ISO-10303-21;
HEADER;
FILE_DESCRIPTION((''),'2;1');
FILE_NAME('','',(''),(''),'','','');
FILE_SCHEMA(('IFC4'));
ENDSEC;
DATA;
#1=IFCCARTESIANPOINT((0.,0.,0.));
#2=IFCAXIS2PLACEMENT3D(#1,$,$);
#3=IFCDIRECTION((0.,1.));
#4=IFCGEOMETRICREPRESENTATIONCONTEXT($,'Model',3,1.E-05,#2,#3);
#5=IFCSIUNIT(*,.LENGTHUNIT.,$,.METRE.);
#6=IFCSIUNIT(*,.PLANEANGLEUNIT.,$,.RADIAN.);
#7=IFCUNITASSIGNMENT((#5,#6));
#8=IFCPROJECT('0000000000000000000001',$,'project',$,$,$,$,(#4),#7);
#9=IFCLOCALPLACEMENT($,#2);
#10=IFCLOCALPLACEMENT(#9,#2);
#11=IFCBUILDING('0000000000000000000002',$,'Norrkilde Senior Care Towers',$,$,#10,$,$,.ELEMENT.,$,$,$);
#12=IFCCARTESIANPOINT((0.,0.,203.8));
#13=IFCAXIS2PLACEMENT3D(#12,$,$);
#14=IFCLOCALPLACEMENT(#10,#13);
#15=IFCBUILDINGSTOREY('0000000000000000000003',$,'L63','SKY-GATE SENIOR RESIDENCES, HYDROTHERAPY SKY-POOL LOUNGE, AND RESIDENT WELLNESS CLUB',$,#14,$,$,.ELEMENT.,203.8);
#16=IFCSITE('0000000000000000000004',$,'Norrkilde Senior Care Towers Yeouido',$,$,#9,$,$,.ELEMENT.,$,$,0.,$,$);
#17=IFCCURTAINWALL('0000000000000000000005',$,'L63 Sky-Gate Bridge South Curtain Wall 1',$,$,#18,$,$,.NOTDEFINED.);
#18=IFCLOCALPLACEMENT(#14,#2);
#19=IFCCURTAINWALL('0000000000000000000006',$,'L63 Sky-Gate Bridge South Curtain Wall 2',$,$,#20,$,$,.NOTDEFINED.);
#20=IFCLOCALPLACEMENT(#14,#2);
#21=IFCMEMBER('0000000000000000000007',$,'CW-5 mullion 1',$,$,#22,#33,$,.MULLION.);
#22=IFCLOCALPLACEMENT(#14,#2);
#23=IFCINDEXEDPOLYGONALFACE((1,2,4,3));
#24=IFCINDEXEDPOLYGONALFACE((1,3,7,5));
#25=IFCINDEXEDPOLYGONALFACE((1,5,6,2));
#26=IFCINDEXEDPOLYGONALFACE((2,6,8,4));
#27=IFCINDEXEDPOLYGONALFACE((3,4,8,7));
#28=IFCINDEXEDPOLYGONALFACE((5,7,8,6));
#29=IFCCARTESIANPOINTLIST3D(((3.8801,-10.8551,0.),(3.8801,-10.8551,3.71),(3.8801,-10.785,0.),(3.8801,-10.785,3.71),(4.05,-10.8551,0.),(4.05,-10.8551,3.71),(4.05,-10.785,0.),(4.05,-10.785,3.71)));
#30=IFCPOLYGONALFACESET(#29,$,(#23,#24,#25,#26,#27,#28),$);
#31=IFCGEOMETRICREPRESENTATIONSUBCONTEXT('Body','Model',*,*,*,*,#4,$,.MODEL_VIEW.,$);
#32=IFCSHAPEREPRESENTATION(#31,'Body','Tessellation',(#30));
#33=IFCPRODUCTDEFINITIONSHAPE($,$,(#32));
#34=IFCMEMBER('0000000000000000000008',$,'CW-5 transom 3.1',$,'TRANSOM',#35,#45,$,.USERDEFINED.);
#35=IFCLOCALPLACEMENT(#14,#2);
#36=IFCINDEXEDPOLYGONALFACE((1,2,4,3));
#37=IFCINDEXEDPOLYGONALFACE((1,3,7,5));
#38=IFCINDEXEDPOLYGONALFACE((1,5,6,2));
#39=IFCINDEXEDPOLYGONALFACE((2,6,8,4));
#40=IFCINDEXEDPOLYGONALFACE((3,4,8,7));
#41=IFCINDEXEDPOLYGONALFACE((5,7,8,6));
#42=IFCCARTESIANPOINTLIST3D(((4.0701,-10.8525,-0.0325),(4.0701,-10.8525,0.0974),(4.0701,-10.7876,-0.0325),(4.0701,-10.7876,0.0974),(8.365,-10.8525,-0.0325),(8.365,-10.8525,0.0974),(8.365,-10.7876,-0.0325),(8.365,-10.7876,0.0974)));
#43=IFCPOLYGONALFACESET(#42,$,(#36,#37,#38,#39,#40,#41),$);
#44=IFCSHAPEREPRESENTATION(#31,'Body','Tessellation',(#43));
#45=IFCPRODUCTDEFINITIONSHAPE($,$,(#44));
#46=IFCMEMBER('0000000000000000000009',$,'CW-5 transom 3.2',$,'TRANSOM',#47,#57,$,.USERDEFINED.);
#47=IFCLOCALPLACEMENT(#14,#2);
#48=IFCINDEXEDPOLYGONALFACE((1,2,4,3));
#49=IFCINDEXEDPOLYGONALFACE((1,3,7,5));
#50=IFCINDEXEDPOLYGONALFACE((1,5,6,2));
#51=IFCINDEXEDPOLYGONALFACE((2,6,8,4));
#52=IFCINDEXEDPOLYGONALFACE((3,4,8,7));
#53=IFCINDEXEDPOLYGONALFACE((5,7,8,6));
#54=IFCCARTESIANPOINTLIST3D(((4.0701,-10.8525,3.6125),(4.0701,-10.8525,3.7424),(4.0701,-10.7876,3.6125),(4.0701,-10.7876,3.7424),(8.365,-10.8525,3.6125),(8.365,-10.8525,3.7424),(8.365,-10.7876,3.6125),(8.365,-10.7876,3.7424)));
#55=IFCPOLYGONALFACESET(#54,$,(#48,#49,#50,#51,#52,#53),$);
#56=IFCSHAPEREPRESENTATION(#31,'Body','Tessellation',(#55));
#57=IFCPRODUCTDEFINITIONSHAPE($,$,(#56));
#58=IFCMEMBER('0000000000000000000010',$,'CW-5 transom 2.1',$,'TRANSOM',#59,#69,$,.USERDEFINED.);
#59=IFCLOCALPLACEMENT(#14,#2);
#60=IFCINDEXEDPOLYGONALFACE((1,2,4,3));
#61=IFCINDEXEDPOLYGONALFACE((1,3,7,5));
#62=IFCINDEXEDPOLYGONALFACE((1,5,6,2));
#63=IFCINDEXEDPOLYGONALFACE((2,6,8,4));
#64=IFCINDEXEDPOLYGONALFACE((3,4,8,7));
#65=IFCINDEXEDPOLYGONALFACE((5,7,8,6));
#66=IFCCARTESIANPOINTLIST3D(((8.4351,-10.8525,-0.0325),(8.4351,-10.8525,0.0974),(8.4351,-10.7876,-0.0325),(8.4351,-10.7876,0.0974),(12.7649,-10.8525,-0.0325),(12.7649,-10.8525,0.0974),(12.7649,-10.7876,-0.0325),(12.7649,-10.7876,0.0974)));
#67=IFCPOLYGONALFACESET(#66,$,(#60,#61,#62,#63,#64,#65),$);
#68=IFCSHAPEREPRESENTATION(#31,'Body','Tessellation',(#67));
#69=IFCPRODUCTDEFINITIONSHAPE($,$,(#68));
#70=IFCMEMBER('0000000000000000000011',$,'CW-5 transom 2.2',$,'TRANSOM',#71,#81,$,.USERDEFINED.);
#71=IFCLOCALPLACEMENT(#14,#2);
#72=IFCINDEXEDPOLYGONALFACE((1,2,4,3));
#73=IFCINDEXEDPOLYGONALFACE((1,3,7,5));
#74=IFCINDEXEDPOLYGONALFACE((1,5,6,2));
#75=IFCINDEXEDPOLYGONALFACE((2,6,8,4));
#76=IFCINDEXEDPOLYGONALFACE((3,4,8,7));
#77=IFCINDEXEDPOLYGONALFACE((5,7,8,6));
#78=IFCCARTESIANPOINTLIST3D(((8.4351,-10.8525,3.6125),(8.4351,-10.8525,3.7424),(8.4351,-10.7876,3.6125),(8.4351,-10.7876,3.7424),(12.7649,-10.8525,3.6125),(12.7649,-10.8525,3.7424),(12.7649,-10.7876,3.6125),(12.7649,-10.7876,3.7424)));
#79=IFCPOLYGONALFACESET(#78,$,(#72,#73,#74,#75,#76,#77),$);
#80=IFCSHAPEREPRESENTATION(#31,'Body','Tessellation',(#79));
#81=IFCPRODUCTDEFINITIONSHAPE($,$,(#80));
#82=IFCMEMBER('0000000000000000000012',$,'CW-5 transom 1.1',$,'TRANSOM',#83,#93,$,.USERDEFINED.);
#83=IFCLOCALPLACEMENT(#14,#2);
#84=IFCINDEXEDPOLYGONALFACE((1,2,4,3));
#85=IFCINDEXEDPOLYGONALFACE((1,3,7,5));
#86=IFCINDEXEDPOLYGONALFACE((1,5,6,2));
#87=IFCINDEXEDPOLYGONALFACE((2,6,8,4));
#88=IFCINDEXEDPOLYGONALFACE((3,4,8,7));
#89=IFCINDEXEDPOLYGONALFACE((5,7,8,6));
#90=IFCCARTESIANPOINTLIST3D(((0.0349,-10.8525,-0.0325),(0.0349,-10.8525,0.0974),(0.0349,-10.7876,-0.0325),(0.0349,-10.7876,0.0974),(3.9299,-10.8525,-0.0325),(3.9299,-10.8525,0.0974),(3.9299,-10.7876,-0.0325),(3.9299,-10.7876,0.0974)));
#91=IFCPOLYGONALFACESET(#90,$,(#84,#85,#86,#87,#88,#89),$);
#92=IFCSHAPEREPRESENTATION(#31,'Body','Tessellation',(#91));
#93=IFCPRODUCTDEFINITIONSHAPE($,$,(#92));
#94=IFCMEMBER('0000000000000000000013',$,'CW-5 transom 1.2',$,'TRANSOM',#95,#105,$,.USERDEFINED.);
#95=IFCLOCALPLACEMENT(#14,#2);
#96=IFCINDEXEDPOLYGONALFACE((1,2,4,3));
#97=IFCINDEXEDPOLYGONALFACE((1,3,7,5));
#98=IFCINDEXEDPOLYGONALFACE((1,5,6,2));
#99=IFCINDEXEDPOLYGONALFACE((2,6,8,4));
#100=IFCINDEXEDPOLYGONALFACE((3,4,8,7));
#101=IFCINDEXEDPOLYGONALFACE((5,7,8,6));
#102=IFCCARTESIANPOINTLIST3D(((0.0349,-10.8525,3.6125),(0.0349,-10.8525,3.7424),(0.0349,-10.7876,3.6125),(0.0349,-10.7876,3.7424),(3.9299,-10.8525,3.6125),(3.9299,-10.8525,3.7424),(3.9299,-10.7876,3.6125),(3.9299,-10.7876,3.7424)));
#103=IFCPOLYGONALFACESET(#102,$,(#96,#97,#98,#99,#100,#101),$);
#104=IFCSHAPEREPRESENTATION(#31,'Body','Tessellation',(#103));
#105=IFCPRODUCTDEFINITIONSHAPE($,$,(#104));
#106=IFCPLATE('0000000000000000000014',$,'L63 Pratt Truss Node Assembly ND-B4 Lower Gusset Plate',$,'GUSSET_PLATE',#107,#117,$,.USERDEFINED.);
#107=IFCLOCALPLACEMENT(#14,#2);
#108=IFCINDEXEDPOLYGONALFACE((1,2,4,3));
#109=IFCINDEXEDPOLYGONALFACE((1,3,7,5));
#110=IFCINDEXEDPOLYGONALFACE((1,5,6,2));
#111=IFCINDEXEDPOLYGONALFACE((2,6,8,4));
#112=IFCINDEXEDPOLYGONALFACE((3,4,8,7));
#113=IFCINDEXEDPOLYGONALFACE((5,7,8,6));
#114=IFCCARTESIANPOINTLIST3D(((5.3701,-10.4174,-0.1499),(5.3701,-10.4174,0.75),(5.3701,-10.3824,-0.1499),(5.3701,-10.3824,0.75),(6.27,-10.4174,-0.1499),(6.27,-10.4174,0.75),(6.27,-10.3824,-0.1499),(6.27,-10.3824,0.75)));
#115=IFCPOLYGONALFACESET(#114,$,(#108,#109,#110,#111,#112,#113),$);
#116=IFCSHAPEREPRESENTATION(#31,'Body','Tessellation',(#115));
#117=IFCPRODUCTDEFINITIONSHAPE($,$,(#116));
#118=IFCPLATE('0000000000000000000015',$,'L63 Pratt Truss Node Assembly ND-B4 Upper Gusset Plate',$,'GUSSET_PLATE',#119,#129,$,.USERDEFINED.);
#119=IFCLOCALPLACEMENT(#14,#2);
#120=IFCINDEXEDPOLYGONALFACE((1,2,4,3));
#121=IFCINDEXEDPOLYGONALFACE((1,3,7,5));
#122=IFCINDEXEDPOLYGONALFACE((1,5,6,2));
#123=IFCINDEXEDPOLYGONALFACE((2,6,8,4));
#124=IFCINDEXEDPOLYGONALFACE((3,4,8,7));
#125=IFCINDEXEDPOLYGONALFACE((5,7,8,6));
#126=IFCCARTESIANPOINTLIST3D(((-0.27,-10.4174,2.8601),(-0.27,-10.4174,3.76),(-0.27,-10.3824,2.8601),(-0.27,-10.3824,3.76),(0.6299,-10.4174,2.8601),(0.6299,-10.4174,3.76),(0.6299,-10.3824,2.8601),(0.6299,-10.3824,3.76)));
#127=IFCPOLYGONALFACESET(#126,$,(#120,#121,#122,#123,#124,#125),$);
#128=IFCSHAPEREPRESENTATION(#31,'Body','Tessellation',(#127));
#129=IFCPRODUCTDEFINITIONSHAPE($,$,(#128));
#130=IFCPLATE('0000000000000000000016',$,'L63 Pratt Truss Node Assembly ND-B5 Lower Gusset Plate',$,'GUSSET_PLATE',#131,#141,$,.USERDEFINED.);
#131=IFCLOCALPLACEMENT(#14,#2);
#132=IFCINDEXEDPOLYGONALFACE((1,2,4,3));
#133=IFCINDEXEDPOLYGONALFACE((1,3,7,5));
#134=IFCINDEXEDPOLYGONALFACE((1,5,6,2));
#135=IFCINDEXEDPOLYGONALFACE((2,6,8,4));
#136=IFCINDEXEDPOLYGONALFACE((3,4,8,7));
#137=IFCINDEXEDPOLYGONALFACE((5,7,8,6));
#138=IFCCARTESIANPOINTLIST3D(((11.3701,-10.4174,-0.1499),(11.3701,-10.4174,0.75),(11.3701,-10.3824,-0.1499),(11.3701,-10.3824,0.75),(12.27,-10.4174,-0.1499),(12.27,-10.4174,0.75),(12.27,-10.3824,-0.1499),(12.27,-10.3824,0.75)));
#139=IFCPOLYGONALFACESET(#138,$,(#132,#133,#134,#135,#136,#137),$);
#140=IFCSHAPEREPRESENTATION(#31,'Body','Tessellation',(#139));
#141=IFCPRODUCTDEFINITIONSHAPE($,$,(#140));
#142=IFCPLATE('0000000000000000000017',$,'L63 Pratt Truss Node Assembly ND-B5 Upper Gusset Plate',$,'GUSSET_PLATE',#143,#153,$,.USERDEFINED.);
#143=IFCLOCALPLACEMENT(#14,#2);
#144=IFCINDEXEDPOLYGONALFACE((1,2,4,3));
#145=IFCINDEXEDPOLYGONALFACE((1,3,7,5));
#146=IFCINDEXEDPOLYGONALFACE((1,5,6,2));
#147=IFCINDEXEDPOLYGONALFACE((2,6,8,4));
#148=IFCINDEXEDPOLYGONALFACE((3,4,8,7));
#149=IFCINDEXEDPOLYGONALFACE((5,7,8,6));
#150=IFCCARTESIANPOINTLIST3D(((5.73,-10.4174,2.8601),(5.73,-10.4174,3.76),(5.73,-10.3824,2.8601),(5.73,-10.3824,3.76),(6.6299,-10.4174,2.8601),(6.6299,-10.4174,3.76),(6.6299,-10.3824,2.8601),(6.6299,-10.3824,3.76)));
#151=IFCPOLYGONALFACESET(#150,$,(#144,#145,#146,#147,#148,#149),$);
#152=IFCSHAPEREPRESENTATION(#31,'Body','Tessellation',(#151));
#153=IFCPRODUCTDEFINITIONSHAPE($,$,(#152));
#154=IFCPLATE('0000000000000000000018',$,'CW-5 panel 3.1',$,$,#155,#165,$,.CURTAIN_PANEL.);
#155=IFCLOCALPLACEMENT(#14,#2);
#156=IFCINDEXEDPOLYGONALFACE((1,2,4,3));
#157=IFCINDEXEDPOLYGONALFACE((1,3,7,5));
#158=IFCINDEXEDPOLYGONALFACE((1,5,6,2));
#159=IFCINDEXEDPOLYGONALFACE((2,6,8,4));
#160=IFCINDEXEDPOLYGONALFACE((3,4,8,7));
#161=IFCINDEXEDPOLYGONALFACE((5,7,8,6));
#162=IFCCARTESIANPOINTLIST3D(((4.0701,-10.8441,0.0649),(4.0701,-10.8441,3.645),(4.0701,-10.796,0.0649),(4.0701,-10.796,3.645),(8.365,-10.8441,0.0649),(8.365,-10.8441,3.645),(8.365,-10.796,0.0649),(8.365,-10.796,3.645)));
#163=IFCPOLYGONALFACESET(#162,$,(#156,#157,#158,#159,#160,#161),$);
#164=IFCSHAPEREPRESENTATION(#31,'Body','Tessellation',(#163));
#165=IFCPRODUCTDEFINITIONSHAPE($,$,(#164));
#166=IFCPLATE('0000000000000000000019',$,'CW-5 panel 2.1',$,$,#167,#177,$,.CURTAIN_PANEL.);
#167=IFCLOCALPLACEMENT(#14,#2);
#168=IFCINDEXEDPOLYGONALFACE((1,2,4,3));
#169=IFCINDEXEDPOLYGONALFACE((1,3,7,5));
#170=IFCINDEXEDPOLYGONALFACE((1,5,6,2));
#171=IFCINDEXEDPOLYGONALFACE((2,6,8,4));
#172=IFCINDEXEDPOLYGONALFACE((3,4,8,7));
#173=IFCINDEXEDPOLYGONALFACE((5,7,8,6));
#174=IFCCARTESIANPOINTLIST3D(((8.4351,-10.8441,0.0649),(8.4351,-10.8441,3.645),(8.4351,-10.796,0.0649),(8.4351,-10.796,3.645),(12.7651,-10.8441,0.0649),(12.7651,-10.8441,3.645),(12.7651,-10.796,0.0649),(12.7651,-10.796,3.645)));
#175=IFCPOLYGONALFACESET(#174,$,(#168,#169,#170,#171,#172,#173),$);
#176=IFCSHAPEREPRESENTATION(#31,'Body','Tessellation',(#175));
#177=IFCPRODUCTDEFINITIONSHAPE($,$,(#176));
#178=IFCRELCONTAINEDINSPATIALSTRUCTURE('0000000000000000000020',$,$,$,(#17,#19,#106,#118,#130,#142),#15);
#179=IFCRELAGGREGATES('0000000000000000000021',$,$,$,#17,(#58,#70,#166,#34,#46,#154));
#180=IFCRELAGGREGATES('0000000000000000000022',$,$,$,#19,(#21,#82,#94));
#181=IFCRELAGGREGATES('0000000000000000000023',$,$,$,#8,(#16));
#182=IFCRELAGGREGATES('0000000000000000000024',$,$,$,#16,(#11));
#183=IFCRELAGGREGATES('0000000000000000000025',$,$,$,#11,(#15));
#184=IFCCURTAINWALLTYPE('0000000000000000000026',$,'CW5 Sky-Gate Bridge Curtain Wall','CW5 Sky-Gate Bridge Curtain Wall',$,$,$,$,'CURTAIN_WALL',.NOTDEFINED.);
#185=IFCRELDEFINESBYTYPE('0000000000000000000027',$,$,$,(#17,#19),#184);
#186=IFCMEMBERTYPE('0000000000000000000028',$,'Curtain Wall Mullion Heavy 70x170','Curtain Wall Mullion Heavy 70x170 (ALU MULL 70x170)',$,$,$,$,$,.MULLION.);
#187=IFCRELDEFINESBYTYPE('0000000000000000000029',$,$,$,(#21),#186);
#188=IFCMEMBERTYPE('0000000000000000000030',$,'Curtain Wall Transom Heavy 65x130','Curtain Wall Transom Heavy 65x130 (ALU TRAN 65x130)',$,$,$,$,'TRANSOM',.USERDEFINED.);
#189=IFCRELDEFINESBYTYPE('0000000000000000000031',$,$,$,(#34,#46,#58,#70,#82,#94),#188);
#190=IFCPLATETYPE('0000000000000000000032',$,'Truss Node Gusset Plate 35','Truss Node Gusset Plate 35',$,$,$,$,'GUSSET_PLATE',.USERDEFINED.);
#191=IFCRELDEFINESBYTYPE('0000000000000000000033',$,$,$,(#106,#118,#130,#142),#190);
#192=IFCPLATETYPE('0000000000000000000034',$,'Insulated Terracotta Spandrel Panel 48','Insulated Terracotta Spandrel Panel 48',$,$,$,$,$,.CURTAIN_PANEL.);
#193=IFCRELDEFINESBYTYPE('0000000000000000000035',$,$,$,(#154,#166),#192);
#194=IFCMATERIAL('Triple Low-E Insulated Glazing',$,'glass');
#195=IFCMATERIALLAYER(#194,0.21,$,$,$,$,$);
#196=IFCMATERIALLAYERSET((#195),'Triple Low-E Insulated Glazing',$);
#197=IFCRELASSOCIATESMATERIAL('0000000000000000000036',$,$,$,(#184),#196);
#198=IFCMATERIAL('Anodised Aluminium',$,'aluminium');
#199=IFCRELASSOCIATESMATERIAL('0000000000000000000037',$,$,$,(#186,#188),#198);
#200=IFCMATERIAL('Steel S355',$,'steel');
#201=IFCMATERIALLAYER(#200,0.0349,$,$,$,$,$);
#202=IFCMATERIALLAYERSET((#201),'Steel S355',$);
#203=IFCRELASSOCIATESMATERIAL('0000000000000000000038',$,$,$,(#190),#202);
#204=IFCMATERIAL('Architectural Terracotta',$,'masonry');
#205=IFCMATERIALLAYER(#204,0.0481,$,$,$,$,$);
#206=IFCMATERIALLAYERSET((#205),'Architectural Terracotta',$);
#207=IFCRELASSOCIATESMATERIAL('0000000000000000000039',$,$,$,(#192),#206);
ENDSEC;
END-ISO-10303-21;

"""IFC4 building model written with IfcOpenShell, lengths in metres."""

from ifc_helpers import new_model, si_unit, direction, frame, origin, origin_2d, place, context, subcontext, project, spatial, rectangle, extrude, source, transform, mapped, material, layer, layer_set, material_profile, profile_set, type_object, type_shapes, element, aggregate, save


model = new_model("IFC4")

# Units and contexts
model_context = context("Model", 3, precision=1e-05, world=origin(), true_north=direction((0.0, 1.0)))
body_context = subcontext(model_context, "Body", "Model", "MODEL_VIEW")
ifc_project = project(units=[si_unit("LENGTHUNIT", "METRE"), si_unit("PLANEANGLEUNIT", "RADIAN")], contexts=[model_context])

# Site, building, storey
site_placement = place(None, origin())
site = spatial("IfcSite", under=ifc_project, at=site_placement, Name="Norrkilde Senior Care Towers Yeouido", CompositionType="ELEMENT", RefElevation=0.0)
building_placement = place(site_placement, origin())
building = spatial("IfcBuilding", under=site, at=building_placement, Name="Norrkilde Senior Care Towers", CompositionType="ELEMENT")
storey_placement = place(building_placement, frame((0.0, 0.0, 203.8)))
storey = spatial("IfcBuildingStorey", under=building, at=storey_placement, Name="L63", Description="SKY-GATE SENIOR RESIDENCES, HYDROTHERAPY SKY-POOL LOUNGE, AND RESIDENT WELLNESS CLUB", CompositionType="ELEMENT", Elevation=203.8)

# Shared definitions
ifc_material_1 = material(Name="Steel S355", Category="steel")

# Curtain wall
ifc_material_2 = material(Name="Triple Low-E Insulated Glazing", Category="glass")
ifc_layer_1 = layer(ifc_material_2, 0.21)
ifc_layer_set_1 = layer_set([ifc_layer_1], Name="Triple Low-E Insulated Glazing")
curtain_wall_type = type_object("IfcCurtainWallType", Name="CW5 Sky-Gate Bridge Curtain Wall", Description="CW5 Sky-Gate Bridge Curtain Wall", ElementType="CURTAIN_WALL", PredefinedType="NOTDEFINED", material=ifc_layer_set_1)
curtain_wall_1_placement = place(storey_placement, origin())
curtain_wall_1 = element("IfcCurtainWall", 1, at=curtain_wall_1_placement, inside=storey, type_object=curtain_wall_type, Name="L63 Sky-Gate Bridge South Curtain Wall 1", PredefinedType="NOTDEFINED")
ifc_material_3 = material(Name="Anodised Aluminium", Category="aluminium")
ifc_material_profile_1 = material_profile(ifc_material_3, rectangle(XDim=0.0701, YDim=0.1699, at=origin_2d()), Name="ALU MULL 70x170")
ifc_profile_set_1 = profile_set([ifc_material_profile_1], Name="Anodised Aluminium")
member_type_1 = type_object("IfcMemberType", Name="Curtain Wall Mullion Heavy 70x170", Description="Curtain Wall Mullion Heavy 70x170 (ALU MULL 70x170)", PredefinedType="MULLION", material=ifc_profile_set_1)
shared_shape_1 = source(origin(), body_context, "Body", "SweptSolid", [
    extrude(rectangle(XDim=0.0701, YDim=0.1699, at=origin_2d()), origin(), (0.0, 0.0, 1.0), 3.71),
])
type_shapes(member_type_1, [shared_shape_1])

# Curtain wall, member
curtain_wall_2_placement = place(storey_placement, origin())
curtain_wall_2 = element("IfcCurtainWall", 2, at=curtain_wall_2_placement, inside=storey, type_object=curtain_wall_type, Name="L63 Sky-Gate Bridge South Curtain Wall 2", PredefinedType="NOTDEFINED")
member_1_placement = place(storey_placement, frame((3.9651, -10.8201, 0.0), z_axis=(0.0, 0.0, 1.0), x_axis=(0.0, -1.0, 0.0)))
member_1 = element("IfcMember", 3, at=member_1_placement, type_object=member_type_1, Name="CW-5 mullion 1", PredefinedType="MULLION", context=body_context, shape_type="MappedRepresentation", body=[
    mapped(shared_shape_1, transform((0.0, 0.0, 0.0), x_axis=(1.0, 0.0, 0.0), y_axis=(0.0, 1.0, 0.0), z_axis=(0.0, 0.0, 1.0), scale=1.0)),
])

# Members
ifc_material_profile_2 = material_profile(ifc_material_3, rectangle(XDim=0.0649, YDim=0.1299, at=origin_2d()), Name="ALU TRAN 65x130")
ifc_profile_set_2 = profile_set([ifc_material_profile_2], Name="Anodised Aluminium")
member_type_2 = type_object("IfcMemberType", Name="Curtain Wall Transom Heavy 65x130", Description="Curtain Wall Transom Heavy 65x130 (ALU TRAN 65x130)", ElementType="TRANSOM", PredefinedType="USERDEFINED", material=ifc_profile_set_2)
shared_shape_2 = source(origin(), body_context, "Body", "SweptSolid", [
    extrude(rectangle(XDim=0.0649, YDim=0.1299, at=origin_2d()), origin(), (0.0, 0.0, 1.0), 4.2949),
])
member_2_placement = place(storey_placement, frame((8.365, -10.8201, 0.0325), z_axis=(-1.0, 0.0, 0.0), x_axis=(0.0, -1.0, 0.0)))
member_2 = element("IfcMember", 4, at=member_2_placement, type_object=member_type_2, Name="CW-5 transom 3.1", ObjectType="TRANSOM", PredefinedType="USERDEFINED", context=body_context, shape_type="MappedRepresentation", body=[
    mapped(shared_shape_2, transform((0.0, 0.0, 0.0), x_axis=(1.0, 0.0, 0.0), y_axis=(0.0, 1.0, 0.0), z_axis=(0.0, 0.0, 1.0), scale=1.0)),
])
member_3_placement = place(storey_placement, frame((8.365, -10.8201, 3.6775), z_axis=(-1.0, 0.0, 0.0), x_axis=(0.0, -1.0, 0.0)))
member_3 = element("IfcMember", 5, at=member_3_placement, type_object=member_type_2, Name="CW-5 transom 3.2", ObjectType="TRANSOM", PredefinedType="USERDEFINED", context=body_context, shape_type="MappedRepresentation", body=[
    mapped(shared_shape_2, transform((0.0, 0.0, 0.0), x_axis=(1.0, 0.0, 0.0), y_axis=(0.0, 1.0, 0.0), z_axis=(0.0, 0.0, 1.0), scale=1.0)),
])
shared_shape_3 = source(origin(), body_context, "Body", "SweptSolid", [
    extrude(rectangle(XDim=0.0649, YDim=0.1299, at=origin_2d()), origin(), (0.0, 0.0, 1.0), 4.3298),
])
member_4_placement = place(storey_placement, frame((12.7649, -10.8201, 0.0325), z_axis=(-1.0, 0.0, 0.0), x_axis=(0.0, -1.0, 0.0)))
member_4 = element("IfcMember", 6, at=member_4_placement, type_object=member_type_2, Name="CW-5 transom 2.1", ObjectType="TRANSOM", PredefinedType="USERDEFINED", context=body_context, shape_type="MappedRepresentation", body=[
    mapped(shared_shape_3, transform((0.0, 0.0, 0.0), x_axis=(1.0, 0.0, 0.0), y_axis=(0.0, 1.0, 0.0), z_axis=(0.0, 0.0, 1.0), scale=1.0)),
])
member_5_placement = place(storey_placement, frame((12.7649, -10.8201, 3.6775), z_axis=(-1.0, 0.0, 0.0), x_axis=(0.0, -1.0, 0.0)))
member_5 = element("IfcMember", 7, at=member_5_placement, type_object=member_type_2, Name="CW-5 transom 2.2", ObjectType="TRANSOM", PredefinedType="USERDEFINED", context=body_context, shape_type="MappedRepresentation", body=[
    mapped(shared_shape_3, transform((0.0, 0.0, 0.0), x_axis=(1.0, 0.0, 0.0), y_axis=(0.0, 1.0, 0.0), z_axis=(0.0, 0.0, 1.0), scale=1.0)),
])
shared_shape_4 = source(origin(), body_context, "Body", "SweptSolid", [
    extrude(rectangle(XDim=0.0649, YDim=0.1299, at=origin_2d()), origin(), (0.0, 0.0, 1.0), 3.895),
])
type_shapes(member_type_2, [shared_shape_2, shared_shape_3, shared_shape_4])
member_6_placement = place(storey_placement, frame((3.9299, -10.8201, 0.0325), z_axis=(-1.0, 0.0, 0.0), x_axis=(0.0, -1.0, 0.0)))
member_6 = element("IfcMember", 8, at=member_6_placement, type_object=member_type_2, Name="CW-5 transom 1.1", ObjectType="TRANSOM", PredefinedType="USERDEFINED", context=body_context, shape_type="MappedRepresentation", body=[
    mapped(shared_shape_4, transform((0.0, 0.0, 0.0), x_axis=(1.0, 0.0, 0.0), y_axis=(0.0, 1.0, 0.0), z_axis=(0.0, 0.0, 1.0), scale=1.0)),
])
member_7_placement = place(storey_placement, frame((3.9299, -10.8201, 3.6775), z_axis=(-1.0, 0.0, 0.0), x_axis=(0.0, -1.0, 0.0)))
member_7 = element("IfcMember", 9, at=member_7_placement, type_object=member_type_2, Name="CW-5 transom 1.2", ObjectType="TRANSOM", PredefinedType="USERDEFINED", context=body_context, shape_type="MappedRepresentation", body=[
    mapped(shared_shape_4, transform((0.0, 0.0, 0.0), x_axis=(1.0, 0.0, 0.0), y_axis=(0.0, 1.0, 0.0), z_axis=(0.0, 0.0, 1.0), scale=1.0)),
])

# Plates
ifc_layer_2 = layer(ifc_material_1, 0.0349)
ifc_layer_set_2 = layer_set([ifc_layer_2], Name="Steel S355")
plate_type_1 = type_object("IfcPlateType", Name="Truss Node Gusset Plate 35", Description="Truss Node Gusset Plate 35", ElementType="GUSSET_PLATE", PredefinedType="USERDEFINED", material=ifc_layer_set_2)
shared_shape_5 = source(origin(), body_context, "Body", "SweptSolid", [
    extrude(rectangle(XDim=0.8999, YDim=0.0349, at=origin_2d()), origin(), (0.0, 0.0, 1.0), 0.8999),
])
type_shapes(plate_type_1, [shared_shape_5])
for number, where, z_axis, x_axis, name in (
    (10, (5.8201, -10.3999, -0.1499), (0.0, 0.0, 1.0), (1.0, 0.0, 0.0), "L63 Pratt Truss Node Assembly ND-B4 Lower Gusset Plate"),
    (11, (0.1799, -10.3999, 2.8601), (0.0, 0.0, 1.0), (1.0, 0.0, 0.0), "L63 Pratt Truss Node Assembly ND-B4 Upper Gusset Plate"),
    (12, (11.8201, -10.3999, -0.1499), (0.0, 0.0, 1.0), (1.0, 0.0, 0.0), "L63 Pratt Truss Node Assembly ND-B5 Lower Gusset Plate"),
    (13, (6.1799, -10.3999, 2.8601), (0.0, 0.0, 1.0), (1.0, 0.0, 0.0), "L63 Pratt Truss Node Assembly ND-B5 Upper Gusset Plate"),
):
    element("IfcPlate", number, at=place(storey_placement, frame(where, z_axis=z_axis, x_axis=x_axis)), inside=storey, type_object=plate_type_1, Name=name, ObjectType="GUSSET_PLATE", PredefinedType="USERDEFINED", context=body_context, shape_type="MappedRepresentation", body=[
        mapped(shared_shape_5, transform((0.0, 0.0, 0.0), x_axis=(1.0, 0.0, 0.0), y_axis=(0.0, 1.0, 0.0), z_axis=(0.0, 0.0, 1.0), scale=1.0)),
    ])

# Plates
ifc_material_4 = material(Name="Architectural Terracotta", Category="masonry")
ifc_layer_3 = layer(ifc_material_4, 0.0481)
ifc_layer_set_3 = layer_set([ifc_layer_3], Name="Architectural Terracotta")
plate_type_2 = type_object("IfcPlateType", Name="Insulated Terracotta Spandrel Panel 48", Description="Insulated Terracotta Spandrel Panel 48", PredefinedType="CURTAIN_PANEL", material=ifc_layer_set_3)
shared_shape_6 = source(origin(), body_context, "Body", "SweptSolid", [
    extrude(rectangle(XDim=4.2949, YDim=0.0481, at=origin_2d()), origin(), (0.0, 0.0, 1.0), 3.5801),
])
plate_1_placement = place(storey_placement, frame((6.2175, -10.8201, 0.0649), z_axis=(0.0, 0.0, 1.0), x_axis=(-1.0, 0.0, 0.0)))
plate_1 = element("IfcPlate", 14, at=plate_1_placement, type_object=plate_type_2, Name="CW-5 panel 3.1", PredefinedType="CURTAIN_PANEL", context=body_context, shape_type="MappedRepresentation", body=[
    mapped(shared_shape_6, transform((0.0, 0.0, 0.0), x_axis=(1.0, 0.0, 0.0), y_axis=(0.0, 1.0, 0.0), z_axis=(0.0, 0.0, 1.0), scale=1.0)),
])
shared_shape_7 = source(origin(), body_context, "Body", "SweptSolid", [
    extrude(rectangle(XDim=4.3301, YDim=0.0481, at=origin_2d()), origin(), (0.0, 0.0, 1.0), 3.5801),
])
plate_2_placement = place(storey_placement, frame((10.6001, -10.8201, 0.0649), z_axis=(0.0, 0.0, 1.0), x_axis=(-1.0, 0.0, 0.0)))
plate_2 = element("IfcPlate", 15, at=plate_2_placement, type_object=plate_type_2, Name="CW-5 panel 2.1", PredefinedType="CURTAIN_PANEL", context=body_context, shape_type="MappedRepresentation", body=[
    mapped(shared_shape_7, transform((0.0, 0.0, 0.0), x_axis=(1.0, 0.0, 0.0), y_axis=(0.0, 1.0, 0.0), z_axis=(0.0, 0.0, 1.0), scale=1.0)),
])
aggregate(curtain_wall_1, [member_4, member_5, plate_2, member_2, member_3, plate_1])
aggregate(curtain_wall_2, [member_1, member_6, member_7])

save(model, "model.ifc")
